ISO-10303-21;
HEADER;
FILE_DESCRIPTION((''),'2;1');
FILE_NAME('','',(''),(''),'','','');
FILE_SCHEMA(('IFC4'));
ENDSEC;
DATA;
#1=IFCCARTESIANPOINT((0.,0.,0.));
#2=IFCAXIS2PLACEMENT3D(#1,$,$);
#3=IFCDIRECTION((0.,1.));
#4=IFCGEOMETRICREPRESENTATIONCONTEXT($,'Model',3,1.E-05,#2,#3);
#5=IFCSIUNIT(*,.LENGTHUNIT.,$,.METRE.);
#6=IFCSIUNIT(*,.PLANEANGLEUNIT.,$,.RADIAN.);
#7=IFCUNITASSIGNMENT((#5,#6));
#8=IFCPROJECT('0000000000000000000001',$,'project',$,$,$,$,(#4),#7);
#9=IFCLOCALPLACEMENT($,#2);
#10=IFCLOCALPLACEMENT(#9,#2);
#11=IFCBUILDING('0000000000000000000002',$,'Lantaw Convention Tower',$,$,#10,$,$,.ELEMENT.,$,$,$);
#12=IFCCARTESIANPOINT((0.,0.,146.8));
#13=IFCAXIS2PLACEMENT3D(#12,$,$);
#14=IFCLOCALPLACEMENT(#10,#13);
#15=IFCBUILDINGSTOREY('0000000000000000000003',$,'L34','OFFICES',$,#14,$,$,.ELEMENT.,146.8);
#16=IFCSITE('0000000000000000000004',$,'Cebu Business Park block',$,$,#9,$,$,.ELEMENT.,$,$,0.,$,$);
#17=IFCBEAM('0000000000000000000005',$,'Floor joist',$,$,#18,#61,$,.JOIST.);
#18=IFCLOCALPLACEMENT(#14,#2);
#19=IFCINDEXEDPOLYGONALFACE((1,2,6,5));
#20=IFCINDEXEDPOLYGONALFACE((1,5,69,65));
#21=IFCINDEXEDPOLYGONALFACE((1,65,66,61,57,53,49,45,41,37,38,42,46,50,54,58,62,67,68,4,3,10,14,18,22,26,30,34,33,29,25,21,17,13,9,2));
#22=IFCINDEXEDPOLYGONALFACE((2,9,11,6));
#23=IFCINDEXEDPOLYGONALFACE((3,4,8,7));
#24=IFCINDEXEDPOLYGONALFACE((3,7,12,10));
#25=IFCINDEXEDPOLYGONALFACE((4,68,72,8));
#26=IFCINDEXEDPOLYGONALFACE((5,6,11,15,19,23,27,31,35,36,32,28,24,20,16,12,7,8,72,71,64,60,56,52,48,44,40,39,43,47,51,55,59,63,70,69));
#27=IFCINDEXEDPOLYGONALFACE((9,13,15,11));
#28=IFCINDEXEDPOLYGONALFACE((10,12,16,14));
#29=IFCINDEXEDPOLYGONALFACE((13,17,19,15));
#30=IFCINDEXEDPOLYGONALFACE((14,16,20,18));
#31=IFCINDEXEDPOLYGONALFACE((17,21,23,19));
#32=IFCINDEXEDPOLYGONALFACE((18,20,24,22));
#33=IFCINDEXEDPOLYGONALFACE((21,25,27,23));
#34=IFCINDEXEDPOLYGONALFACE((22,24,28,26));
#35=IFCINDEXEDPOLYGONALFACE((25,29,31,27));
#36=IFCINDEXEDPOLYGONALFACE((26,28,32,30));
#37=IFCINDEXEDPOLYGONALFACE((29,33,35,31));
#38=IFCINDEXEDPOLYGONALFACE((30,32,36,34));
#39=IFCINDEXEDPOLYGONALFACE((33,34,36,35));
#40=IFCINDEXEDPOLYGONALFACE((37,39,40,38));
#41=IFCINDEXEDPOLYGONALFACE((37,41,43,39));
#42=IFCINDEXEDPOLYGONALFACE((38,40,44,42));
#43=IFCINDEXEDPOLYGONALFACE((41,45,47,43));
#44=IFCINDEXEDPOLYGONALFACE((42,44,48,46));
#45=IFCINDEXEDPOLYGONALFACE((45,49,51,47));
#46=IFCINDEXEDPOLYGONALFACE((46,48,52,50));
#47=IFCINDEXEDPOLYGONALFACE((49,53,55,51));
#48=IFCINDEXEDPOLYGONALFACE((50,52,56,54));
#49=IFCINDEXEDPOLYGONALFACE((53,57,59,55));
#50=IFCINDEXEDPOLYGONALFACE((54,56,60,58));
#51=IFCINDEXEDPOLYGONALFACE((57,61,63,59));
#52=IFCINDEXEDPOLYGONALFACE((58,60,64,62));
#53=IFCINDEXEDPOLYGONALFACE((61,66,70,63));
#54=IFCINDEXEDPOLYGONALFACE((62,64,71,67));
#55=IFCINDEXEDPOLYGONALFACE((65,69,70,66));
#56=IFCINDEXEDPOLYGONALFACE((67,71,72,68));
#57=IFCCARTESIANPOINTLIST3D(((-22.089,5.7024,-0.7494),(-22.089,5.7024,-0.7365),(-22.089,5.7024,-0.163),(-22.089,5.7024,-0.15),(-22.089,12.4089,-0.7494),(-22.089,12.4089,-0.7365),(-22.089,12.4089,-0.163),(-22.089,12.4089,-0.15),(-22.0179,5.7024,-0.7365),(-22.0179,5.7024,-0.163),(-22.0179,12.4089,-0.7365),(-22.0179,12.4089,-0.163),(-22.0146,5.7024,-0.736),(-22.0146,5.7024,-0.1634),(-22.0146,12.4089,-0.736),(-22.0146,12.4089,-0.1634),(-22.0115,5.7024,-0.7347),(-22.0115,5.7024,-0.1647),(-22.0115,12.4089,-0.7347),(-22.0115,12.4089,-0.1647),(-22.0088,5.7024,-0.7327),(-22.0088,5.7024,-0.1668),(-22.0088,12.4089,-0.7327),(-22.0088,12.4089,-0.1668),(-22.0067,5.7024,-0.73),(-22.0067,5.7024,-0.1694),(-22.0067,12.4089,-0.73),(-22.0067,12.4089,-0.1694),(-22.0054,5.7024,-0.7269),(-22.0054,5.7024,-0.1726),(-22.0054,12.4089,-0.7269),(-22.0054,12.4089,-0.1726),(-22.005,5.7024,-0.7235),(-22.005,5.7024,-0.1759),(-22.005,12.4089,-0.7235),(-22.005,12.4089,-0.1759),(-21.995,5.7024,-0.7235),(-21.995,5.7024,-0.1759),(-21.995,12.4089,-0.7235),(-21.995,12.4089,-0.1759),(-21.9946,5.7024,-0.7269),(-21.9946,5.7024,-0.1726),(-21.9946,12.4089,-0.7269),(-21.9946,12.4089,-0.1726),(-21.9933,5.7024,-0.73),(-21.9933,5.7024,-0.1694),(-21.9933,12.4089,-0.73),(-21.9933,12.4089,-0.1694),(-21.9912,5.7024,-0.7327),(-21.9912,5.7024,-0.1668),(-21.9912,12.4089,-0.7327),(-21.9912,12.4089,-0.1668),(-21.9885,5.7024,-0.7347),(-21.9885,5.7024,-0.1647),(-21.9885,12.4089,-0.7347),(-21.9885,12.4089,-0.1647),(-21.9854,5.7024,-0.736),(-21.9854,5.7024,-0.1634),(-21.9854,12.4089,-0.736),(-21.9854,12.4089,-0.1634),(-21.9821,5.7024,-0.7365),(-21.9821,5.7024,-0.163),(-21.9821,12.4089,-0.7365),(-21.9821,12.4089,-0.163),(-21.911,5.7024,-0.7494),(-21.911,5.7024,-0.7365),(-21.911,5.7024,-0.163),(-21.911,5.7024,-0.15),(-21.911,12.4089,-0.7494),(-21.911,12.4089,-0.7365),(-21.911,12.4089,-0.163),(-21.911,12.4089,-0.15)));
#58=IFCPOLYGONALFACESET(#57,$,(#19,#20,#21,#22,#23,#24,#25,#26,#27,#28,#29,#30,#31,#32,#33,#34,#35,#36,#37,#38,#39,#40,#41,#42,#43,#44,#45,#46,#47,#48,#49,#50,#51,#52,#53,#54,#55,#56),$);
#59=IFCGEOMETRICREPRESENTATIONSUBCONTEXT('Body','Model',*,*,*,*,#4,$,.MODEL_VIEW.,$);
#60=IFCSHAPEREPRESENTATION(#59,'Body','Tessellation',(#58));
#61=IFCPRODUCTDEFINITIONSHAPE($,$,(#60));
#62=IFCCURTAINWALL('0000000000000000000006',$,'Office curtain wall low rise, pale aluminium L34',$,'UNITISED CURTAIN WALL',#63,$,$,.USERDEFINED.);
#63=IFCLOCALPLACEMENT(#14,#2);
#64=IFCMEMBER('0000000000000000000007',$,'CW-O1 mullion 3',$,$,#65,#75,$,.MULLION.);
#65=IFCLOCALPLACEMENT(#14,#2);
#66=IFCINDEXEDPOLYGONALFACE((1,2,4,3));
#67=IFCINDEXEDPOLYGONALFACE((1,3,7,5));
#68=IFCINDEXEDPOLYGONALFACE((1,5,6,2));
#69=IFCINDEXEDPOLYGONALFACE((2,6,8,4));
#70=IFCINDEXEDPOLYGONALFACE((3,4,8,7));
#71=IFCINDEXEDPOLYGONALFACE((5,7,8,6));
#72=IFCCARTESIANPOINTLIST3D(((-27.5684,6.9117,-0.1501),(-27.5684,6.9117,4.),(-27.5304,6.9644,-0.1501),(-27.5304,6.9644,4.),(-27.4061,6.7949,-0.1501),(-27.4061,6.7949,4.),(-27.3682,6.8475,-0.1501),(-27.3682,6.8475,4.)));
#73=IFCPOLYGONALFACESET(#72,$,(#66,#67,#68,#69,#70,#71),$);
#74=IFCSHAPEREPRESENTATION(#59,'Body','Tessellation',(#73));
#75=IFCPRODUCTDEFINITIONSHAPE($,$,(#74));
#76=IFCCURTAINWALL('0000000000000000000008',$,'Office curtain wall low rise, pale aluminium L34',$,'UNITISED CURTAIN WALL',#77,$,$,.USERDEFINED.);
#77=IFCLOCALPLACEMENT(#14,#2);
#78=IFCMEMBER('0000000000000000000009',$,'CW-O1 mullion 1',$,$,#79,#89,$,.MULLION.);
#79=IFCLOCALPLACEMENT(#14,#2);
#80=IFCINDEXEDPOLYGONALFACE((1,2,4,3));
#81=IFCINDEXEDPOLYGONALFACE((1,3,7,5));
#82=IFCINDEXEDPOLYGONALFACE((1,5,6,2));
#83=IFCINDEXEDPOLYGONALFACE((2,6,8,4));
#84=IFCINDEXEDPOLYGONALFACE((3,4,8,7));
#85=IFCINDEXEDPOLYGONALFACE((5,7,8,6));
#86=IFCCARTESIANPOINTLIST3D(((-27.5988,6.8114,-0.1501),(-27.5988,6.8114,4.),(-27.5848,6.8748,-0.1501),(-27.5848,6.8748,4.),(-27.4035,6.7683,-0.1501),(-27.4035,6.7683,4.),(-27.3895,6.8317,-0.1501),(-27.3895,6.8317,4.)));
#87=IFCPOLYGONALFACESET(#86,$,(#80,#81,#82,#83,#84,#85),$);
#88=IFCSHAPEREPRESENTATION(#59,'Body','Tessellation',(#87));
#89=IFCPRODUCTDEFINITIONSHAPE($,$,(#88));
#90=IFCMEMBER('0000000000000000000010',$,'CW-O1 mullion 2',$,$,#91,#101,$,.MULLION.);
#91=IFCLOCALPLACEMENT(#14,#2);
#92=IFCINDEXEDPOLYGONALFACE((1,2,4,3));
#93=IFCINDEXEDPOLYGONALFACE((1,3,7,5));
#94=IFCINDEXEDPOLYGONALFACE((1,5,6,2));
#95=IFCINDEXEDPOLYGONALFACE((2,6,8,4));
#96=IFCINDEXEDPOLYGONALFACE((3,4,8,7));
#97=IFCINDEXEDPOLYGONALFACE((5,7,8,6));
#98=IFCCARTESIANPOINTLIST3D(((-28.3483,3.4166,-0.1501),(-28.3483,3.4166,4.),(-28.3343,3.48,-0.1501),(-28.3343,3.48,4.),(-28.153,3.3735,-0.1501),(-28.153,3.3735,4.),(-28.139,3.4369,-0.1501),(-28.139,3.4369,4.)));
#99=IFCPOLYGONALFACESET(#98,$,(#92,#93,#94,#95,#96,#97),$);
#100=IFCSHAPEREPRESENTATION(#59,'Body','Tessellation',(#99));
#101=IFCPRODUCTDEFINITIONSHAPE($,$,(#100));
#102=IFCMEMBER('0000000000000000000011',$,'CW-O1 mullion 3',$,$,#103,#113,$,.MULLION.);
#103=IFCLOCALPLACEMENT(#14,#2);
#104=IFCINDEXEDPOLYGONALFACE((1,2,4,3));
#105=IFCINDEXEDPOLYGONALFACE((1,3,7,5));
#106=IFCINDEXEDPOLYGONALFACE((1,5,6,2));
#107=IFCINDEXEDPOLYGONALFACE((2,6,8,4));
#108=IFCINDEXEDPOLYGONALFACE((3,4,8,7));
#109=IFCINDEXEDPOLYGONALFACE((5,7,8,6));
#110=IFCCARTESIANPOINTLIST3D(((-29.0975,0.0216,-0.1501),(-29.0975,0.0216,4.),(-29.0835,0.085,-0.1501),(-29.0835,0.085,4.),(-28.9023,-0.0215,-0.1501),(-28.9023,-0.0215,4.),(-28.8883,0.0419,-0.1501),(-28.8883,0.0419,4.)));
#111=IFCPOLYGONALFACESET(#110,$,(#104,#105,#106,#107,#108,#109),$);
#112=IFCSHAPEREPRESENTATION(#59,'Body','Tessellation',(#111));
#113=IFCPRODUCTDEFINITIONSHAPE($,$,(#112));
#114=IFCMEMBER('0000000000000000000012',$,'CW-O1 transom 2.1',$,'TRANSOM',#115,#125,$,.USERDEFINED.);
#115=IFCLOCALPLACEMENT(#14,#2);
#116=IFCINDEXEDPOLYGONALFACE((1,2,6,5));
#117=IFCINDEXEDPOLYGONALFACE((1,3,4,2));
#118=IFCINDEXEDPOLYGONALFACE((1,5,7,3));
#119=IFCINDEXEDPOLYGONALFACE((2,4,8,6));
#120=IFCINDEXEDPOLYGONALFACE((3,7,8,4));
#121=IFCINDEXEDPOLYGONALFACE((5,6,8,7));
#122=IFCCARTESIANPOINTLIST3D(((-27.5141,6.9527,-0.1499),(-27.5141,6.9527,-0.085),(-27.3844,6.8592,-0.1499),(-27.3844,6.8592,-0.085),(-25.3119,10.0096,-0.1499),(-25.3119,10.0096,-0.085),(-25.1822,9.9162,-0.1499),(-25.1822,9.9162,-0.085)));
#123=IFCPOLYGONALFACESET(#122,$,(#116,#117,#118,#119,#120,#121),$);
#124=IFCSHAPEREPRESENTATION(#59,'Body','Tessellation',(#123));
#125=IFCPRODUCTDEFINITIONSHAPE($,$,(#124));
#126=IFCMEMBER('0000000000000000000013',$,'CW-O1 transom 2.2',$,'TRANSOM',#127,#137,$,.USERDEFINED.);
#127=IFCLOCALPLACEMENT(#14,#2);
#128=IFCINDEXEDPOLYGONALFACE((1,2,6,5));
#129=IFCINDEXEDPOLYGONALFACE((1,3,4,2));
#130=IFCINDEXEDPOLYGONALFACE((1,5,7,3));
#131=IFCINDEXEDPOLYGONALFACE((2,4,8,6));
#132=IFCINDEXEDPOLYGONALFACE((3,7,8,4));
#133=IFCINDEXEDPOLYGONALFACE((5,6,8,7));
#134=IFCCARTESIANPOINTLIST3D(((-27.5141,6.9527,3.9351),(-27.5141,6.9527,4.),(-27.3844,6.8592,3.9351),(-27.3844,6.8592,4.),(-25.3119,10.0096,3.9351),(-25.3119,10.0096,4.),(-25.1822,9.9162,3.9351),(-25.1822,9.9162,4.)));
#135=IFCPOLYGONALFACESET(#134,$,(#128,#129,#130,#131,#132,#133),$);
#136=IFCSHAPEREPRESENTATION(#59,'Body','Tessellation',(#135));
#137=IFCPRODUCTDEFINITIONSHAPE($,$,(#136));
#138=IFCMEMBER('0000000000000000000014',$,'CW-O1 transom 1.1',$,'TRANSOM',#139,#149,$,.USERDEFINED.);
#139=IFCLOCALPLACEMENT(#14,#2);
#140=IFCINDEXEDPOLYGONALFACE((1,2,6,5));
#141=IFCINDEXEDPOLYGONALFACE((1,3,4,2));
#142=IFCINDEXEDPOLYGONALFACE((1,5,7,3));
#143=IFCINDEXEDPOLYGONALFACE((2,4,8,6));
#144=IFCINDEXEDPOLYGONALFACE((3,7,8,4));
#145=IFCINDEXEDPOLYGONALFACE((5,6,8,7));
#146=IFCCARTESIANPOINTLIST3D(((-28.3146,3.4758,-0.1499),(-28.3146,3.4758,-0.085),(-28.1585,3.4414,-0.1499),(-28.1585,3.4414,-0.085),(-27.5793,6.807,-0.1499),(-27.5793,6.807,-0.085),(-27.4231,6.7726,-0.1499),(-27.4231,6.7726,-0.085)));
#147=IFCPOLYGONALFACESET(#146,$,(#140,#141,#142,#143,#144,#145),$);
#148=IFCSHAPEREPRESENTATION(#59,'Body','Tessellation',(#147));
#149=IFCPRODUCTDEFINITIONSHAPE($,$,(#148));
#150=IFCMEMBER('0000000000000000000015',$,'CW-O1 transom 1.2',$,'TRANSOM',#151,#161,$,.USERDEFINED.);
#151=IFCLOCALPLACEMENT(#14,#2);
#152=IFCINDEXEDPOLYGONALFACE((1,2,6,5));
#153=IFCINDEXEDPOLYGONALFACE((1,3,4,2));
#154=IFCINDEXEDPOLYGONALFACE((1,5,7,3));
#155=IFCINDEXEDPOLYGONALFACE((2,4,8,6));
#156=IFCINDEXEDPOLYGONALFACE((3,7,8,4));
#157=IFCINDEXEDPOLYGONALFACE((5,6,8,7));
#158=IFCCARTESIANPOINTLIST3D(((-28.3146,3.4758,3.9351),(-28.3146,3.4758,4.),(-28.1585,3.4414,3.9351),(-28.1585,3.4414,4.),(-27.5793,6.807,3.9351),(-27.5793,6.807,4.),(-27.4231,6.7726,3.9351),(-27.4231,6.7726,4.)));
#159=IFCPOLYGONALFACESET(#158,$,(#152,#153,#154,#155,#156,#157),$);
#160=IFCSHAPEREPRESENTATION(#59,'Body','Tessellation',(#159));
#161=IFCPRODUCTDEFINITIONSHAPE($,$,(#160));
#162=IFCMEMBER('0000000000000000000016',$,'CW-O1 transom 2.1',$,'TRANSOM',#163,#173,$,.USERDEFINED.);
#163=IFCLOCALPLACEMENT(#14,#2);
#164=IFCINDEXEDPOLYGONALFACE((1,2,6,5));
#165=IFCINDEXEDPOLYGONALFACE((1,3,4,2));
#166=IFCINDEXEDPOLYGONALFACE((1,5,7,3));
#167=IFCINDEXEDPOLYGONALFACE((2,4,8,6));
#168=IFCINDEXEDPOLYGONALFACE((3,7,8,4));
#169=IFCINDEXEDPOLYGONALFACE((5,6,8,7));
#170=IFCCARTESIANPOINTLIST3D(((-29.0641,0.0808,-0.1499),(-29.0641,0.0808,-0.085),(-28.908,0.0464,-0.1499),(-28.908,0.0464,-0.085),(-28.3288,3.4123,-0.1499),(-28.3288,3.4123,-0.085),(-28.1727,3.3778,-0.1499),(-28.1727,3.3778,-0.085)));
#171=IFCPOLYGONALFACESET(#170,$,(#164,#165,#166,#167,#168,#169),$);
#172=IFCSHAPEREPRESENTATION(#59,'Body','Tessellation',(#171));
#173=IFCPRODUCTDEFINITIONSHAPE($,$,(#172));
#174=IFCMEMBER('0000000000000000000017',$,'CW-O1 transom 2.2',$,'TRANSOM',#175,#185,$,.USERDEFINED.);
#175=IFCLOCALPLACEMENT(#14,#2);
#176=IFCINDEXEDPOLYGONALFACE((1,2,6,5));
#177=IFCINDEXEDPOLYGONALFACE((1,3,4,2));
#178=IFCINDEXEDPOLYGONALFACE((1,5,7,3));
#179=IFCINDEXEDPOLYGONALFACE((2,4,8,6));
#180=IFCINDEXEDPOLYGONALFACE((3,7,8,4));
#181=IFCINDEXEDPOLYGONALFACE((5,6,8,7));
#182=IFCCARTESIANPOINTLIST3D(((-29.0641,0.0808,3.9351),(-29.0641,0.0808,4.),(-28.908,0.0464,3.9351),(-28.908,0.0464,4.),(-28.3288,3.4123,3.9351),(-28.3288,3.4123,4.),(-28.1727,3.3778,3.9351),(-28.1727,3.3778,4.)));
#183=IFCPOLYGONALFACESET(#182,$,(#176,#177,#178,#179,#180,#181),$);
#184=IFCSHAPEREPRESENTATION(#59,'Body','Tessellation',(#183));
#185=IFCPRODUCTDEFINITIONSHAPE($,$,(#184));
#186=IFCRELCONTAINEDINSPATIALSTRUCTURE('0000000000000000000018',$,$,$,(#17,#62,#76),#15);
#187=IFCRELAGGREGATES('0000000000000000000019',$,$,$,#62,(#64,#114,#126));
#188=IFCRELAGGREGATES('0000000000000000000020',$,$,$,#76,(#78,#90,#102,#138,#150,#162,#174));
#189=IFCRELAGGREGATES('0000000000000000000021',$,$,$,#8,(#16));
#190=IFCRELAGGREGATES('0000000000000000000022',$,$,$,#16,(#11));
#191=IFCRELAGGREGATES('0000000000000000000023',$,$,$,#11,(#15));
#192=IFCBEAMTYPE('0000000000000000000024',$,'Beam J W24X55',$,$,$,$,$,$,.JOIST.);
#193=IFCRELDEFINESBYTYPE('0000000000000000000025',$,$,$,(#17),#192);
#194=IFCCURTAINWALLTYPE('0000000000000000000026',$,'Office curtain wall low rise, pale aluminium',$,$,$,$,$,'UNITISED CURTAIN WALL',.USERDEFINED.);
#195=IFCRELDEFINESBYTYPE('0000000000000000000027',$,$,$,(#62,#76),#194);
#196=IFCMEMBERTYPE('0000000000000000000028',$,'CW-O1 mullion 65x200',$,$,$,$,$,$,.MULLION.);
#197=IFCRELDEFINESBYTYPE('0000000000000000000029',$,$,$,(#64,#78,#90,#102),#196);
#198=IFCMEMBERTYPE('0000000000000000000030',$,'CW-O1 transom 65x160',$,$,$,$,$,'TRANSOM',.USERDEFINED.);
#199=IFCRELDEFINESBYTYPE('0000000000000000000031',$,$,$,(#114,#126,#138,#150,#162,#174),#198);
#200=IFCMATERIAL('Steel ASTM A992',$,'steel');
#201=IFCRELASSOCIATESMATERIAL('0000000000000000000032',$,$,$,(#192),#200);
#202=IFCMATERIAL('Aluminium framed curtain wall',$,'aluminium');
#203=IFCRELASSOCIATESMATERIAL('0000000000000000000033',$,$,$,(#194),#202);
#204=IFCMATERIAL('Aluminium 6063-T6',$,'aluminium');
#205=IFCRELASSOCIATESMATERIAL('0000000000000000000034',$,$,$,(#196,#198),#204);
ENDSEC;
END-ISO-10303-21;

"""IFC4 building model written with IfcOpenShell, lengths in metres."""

from ifc_helpers import new_model, si_unit, direction, frame, origin, origin_2d, place, context, subcontext, project, spatial, rectangle, i_section, extrude, material, material_profile, profile_set, type_object, element, aggregate, save


model = new_model("IFC4")

# Units and contexts
model_context = context("Model", 3, precision=1e-05, world=origin(), true_north=direction((0.0, 1.0)))
body_context = subcontext(model_context, "Body", "Model", "MODEL_VIEW")
ifc_project = project(units=[si_unit("LENGTHUNIT", "METRE"), si_unit("PLANEANGLEUNIT", "RADIAN")], contexts=[model_context])

# Site, building, storey
site_placement = place(None, origin())
site = spatial("IfcSite", under=ifc_project, at=site_placement, Name="Cebu Business Park block", CompositionType="ELEMENT", RefElevation=0.0)
building_placement = place(site_placement, origin())
building = spatial("IfcBuilding", under=site, at=building_placement, Name="Lantaw Convention Tower", CompositionType="ELEMENT")
storey_placement = place(building_placement, frame((0.0, 0.0, 146.8)))
storey = spatial("IfcBuildingStorey", under=building, at=storey_placement, Name="L34", Description="OFFICES", CompositionType="ELEMENT", Elevation=146.8)

# Beam
ifc_material_1 = material(Name="Steel ASTM A992", Category="steel")
ifc_material_profile_1 = material_profile(ifc_material_1, i_section(OverallWidth=0.178, OverallDepth=0.5994, WebThickness=0.01, FlangeThickness=0.0129, FilletRadius=0.0129, at=origin_2d()), Name="W24X55")
ifc_profile_set_1 = profile_set([ifc_material_profile_1], Name="Steel ASTM A992")
beam_type_1 = type_object("IfcBeamType", Name="Beam J W24X55", PredefinedType="JOIST", material=ifc_profile_set_1)
beam_1_placement = place(storey_placement, frame((-22.0, 5.7024, -0.4497), z_axis=(0.0, 1.0, 0.0), x_axis=(-1.0, 0.0, 0.0)))
element("IfcBeam", 1, at=beam_1_placement, inside=storey, type_object=beam_type_1, Name="Floor joist", PredefinedType="JOIST", context=body_context, shape_type="SweptSolid", body=[
    extrude(i_section(OverallWidth=0.178, OverallDepth=0.5994, WebThickness=0.01, FlangeThickness=0.0129, FilletRadius=0.0129, at=origin_2d()), origin(), (0.0, 0.0, 1.0), 6.7065),
])

# Curtain wall, member
ifc_material_2 = material(Name="Aluminium framed curtain wall", Category="aluminium")
curtain_wall_type = type_object("IfcCurtainWallType", Name="Office curtain wall low rise, pale aluminium", ElementType="UNITISED CURTAIN WALL", PredefinedType="USERDEFINED", material=ifc_material_2)
curtain_wall_1_placement = place(storey_placement, origin())
curtain_wall_1 = element("IfcCurtainWall", 2, at=curtain_wall_1_placement, inside=storey, type_object=curtain_wall_type, Name="Office curtain wall low rise, pale aluminium L34", ObjectType="UNITISED CURTAIN WALL", PredefinedType="USERDEFINED")
ifc_material_3 = material(Name="Aluminium 6063-T6", Category="aluminium")
ifc_material_profile_2 = material_profile(ifc_material_3, rectangle(XDim=0.2, YDim=0.0649, at=origin_2d()), Name="CW-O1 mullion 65x200")
ifc_profile_set_2 = profile_set([ifc_material_profile_2], Name="Aluminium 6063-T6")
member_type_1 = type_object("IfcMemberType", Name="CW-O1 mullion 65x200", PredefinedType="MULLION", material=ifc_profile_set_2)
member_1_placement = place(storey_placement, frame((-27.4683, 6.8796, -0.1501), z_axis=(0.0, 0.0, 1.0), x_axis=(0.811385, -0.584513, 0.0)))
member_1 = element("IfcMember", 3, at=member_1_placement, type_object=member_type_1, Name="CW-O1 mullion 3", PredefinedType="MULLION", context=body_context, shape_type="SweptSolid", body=[
    extrude(rectangle(XDim=0.2, YDim=0.0649, at=origin_2d()), origin(), (0.0, 0.0, 1.0), 4.1501),
])

# Curtain wall, members
curtain_wall_2_placement = place(storey_placement, origin())
curtain_wall_2 = element("IfcCurtainWall", 4, at=curtain_wall_2_placement, inside=storey, type_object=curtain_wall_type, Name="Office curtain wall low rise, pale aluminium L34", ObjectType="UNITISED CURTAIN WALL", PredefinedType="USERDEFINED")
member_2_placement = place(storey_placement, frame((-27.4941, 6.8215, -0.1501), z_axis=(0.0, 0.0, 1.0), x_axis=(0.976494, -0.215546, 0.0)))
member_2 = element("IfcMember", 5, at=member_2_placement, type_object=member_type_1, Name="CW-O1 mullion 1", PredefinedType="MULLION", context=body_context, shape_type="SweptSolid", body=[
    extrude(rectangle(XDim=0.2, YDim=0.0649, at=origin_2d()), origin(), (0.0, 0.0, 1.0), 4.1501),
])
member_3_placement = place(storey_placement, frame((-28.2437, 3.4268, -0.1501), z_axis=(0.0, 0.0, 1.0), x_axis=(0.976494, -0.215546, 0.0)))
member_3 = element("IfcMember", 6, at=member_3_placement, type_object=member_type_1, Name="CW-O1 mullion 2", PredefinedType="MULLION", context=body_context, shape_type="SweptSolid", body=[
    extrude(rectangle(XDim=0.2, YDim=0.0649, at=origin_2d()), origin(), (0.0, 0.0, 1.0), 4.1501),
])
member_4_placement = place(storey_placement, frame((-28.9929, 0.0317, -0.1501), z_axis=(0.0, 0.0, 1.0), x_axis=(0.976494, -0.215546, 0.0)))
member_4 = element("IfcMember", 7, at=member_4_placement, type_object=member_type_1, Name="CW-O1 mullion 3", PredefinedType="MULLION", context=body_context, shape_type="SweptSolid", body=[
    extrude(rectangle(XDim=0.2, YDim=0.0649, at=origin_2d()), origin(), (0.0, 0.0, 1.0), 4.1501),
])

# Members
ifc_material_profile_3 = material_profile(ifc_material_3, rectangle(XDim=0.1599, YDim=0.0649, at=origin_2d()), Name="CW-O1 transom 65x160")
ifc_profile_set_3 = profile_set([ifc_material_profile_3], Name="Aluminium 6063-T6")
member_type_2 = type_object("IfcMemberType", Name="CW-O1 transom 65x160", ElementType="TRANSOM", PredefinedType="USERDEFINED", material=ifc_profile_set_3)
member_5_placement = place(storey_placement, frame((-25.2471, 9.9629, -0.1174), z_axis=(-0.584513, -0.811384, 0.0), x_axis=(0.811384, -0.584513, 0.0)))
member_5 = element("IfcMember", 8, at=member_5_placement, type_object=member_type_2, Name="CW-O1 transom 2.1", ObjectType="TRANSOM", PredefinedType="USERDEFINED", context=body_context, shape_type="SweptSolid", body=[
    extrude(rectangle(XDim=0.1599, YDim=0.0649, at=origin_2d()), origin(), (0.0, 0.0, 1.0), 3.7676),
])
member_6_placement = place(storey_placement, frame((-25.2471, 9.9629, 3.9675), z_axis=(-0.584513, -0.811384, 0.0), x_axis=(0.811384, -0.584513, 0.0)))
member_6 = element("IfcMember", 9, at=member_6_placement, type_object=member_type_2, Name="CW-O1 transom 2.2", ObjectType="TRANSOM", PredefinedType="USERDEFINED", context=body_context, shape_type="SweptSolid", body=[
    extrude(rectangle(XDim=0.1599, YDim=0.0649, at=origin_2d()), origin(), (0.0, 0.0, 1.0), 3.7676),
])
member_7_placement = place(storey_placement, frame((-27.5012, 6.7898, -0.1174), z_axis=(-0.215551, -0.976493, 0.0), x_axis=(0.976493, -0.215551, 0.0)))
member_7 = element("IfcMember", 10, at=member_7_placement, type_object=member_type_2, Name="CW-O1 transom 1.1", ObjectType="TRANSOM", PredefinedType="USERDEFINED", context=body_context, shape_type="SweptSolid", body=[
    extrude(rectangle(XDim=0.1599, YDim=0.0649, at=origin_2d()), origin(), (0.0, 0.0, 1.0), 3.4114),
])
member_8_placement = place(storey_placement, frame((-27.5012, 6.7898, 3.9675), z_axis=(-0.215551, -0.976493, 0.0), x_axis=(0.976493, -0.215551, 0.0)))
member_8 = element("IfcMember", 11, at=member_8_placement, type_object=member_type_2, Name="CW-O1 transom 1.2", ObjectType="TRANSOM", PredefinedType="USERDEFINED", context=body_context, shape_type="SweptSolid", body=[
    extrude(rectangle(XDim=0.1599, YDim=0.0649, at=origin_2d()), origin(), (0.0, 0.0, 1.0), 3.4114),
])
member_9_placement = place(storey_placement, frame((-28.2507, 3.395, -0.1174), z_axis=(-0.215536, -0.976496, 0.0), x_axis=(0.976496, -0.215536, 0.0)))
member_9 = element("IfcMember", 12, at=member_9_placement, type_object=member_type_2, Name="CW-O1 transom 2.1", ObjectType="TRANSOM", PredefinedType="USERDEFINED", context=body_context, shape_type="SweptSolid", body=[
    extrude(rectangle(XDim=0.1599, YDim=0.0649, at=origin_2d()), origin(), (0.0, 0.0, 1.0), 3.4116),
])
member_10_placement = place(storey_placement, frame((-28.2507, 3.395, 3.9675), z_axis=(-0.215536, -0.976496, 0.0), x_axis=(0.976496, -0.215536, 0.0)))
member_10 = element("IfcMember", 13, at=member_10_placement, type_object=member_type_2, Name="CW-O1 transom 2.2", ObjectType="TRANSOM", PredefinedType="USERDEFINED", context=body_context, shape_type="SweptSolid", body=[
    extrude(rectangle(XDim=0.1599, YDim=0.0649, at=origin_2d()), origin(), (0.0, 0.0, 1.0), 3.4116),
])

aggregate(curtain_wall_1, [member_1, member_5, member_6])
aggregate(curtain_wall_2, [member_2, member_3, member_4, member_7, member_8, member_9, member_10])

save(model, "model.ifc")
